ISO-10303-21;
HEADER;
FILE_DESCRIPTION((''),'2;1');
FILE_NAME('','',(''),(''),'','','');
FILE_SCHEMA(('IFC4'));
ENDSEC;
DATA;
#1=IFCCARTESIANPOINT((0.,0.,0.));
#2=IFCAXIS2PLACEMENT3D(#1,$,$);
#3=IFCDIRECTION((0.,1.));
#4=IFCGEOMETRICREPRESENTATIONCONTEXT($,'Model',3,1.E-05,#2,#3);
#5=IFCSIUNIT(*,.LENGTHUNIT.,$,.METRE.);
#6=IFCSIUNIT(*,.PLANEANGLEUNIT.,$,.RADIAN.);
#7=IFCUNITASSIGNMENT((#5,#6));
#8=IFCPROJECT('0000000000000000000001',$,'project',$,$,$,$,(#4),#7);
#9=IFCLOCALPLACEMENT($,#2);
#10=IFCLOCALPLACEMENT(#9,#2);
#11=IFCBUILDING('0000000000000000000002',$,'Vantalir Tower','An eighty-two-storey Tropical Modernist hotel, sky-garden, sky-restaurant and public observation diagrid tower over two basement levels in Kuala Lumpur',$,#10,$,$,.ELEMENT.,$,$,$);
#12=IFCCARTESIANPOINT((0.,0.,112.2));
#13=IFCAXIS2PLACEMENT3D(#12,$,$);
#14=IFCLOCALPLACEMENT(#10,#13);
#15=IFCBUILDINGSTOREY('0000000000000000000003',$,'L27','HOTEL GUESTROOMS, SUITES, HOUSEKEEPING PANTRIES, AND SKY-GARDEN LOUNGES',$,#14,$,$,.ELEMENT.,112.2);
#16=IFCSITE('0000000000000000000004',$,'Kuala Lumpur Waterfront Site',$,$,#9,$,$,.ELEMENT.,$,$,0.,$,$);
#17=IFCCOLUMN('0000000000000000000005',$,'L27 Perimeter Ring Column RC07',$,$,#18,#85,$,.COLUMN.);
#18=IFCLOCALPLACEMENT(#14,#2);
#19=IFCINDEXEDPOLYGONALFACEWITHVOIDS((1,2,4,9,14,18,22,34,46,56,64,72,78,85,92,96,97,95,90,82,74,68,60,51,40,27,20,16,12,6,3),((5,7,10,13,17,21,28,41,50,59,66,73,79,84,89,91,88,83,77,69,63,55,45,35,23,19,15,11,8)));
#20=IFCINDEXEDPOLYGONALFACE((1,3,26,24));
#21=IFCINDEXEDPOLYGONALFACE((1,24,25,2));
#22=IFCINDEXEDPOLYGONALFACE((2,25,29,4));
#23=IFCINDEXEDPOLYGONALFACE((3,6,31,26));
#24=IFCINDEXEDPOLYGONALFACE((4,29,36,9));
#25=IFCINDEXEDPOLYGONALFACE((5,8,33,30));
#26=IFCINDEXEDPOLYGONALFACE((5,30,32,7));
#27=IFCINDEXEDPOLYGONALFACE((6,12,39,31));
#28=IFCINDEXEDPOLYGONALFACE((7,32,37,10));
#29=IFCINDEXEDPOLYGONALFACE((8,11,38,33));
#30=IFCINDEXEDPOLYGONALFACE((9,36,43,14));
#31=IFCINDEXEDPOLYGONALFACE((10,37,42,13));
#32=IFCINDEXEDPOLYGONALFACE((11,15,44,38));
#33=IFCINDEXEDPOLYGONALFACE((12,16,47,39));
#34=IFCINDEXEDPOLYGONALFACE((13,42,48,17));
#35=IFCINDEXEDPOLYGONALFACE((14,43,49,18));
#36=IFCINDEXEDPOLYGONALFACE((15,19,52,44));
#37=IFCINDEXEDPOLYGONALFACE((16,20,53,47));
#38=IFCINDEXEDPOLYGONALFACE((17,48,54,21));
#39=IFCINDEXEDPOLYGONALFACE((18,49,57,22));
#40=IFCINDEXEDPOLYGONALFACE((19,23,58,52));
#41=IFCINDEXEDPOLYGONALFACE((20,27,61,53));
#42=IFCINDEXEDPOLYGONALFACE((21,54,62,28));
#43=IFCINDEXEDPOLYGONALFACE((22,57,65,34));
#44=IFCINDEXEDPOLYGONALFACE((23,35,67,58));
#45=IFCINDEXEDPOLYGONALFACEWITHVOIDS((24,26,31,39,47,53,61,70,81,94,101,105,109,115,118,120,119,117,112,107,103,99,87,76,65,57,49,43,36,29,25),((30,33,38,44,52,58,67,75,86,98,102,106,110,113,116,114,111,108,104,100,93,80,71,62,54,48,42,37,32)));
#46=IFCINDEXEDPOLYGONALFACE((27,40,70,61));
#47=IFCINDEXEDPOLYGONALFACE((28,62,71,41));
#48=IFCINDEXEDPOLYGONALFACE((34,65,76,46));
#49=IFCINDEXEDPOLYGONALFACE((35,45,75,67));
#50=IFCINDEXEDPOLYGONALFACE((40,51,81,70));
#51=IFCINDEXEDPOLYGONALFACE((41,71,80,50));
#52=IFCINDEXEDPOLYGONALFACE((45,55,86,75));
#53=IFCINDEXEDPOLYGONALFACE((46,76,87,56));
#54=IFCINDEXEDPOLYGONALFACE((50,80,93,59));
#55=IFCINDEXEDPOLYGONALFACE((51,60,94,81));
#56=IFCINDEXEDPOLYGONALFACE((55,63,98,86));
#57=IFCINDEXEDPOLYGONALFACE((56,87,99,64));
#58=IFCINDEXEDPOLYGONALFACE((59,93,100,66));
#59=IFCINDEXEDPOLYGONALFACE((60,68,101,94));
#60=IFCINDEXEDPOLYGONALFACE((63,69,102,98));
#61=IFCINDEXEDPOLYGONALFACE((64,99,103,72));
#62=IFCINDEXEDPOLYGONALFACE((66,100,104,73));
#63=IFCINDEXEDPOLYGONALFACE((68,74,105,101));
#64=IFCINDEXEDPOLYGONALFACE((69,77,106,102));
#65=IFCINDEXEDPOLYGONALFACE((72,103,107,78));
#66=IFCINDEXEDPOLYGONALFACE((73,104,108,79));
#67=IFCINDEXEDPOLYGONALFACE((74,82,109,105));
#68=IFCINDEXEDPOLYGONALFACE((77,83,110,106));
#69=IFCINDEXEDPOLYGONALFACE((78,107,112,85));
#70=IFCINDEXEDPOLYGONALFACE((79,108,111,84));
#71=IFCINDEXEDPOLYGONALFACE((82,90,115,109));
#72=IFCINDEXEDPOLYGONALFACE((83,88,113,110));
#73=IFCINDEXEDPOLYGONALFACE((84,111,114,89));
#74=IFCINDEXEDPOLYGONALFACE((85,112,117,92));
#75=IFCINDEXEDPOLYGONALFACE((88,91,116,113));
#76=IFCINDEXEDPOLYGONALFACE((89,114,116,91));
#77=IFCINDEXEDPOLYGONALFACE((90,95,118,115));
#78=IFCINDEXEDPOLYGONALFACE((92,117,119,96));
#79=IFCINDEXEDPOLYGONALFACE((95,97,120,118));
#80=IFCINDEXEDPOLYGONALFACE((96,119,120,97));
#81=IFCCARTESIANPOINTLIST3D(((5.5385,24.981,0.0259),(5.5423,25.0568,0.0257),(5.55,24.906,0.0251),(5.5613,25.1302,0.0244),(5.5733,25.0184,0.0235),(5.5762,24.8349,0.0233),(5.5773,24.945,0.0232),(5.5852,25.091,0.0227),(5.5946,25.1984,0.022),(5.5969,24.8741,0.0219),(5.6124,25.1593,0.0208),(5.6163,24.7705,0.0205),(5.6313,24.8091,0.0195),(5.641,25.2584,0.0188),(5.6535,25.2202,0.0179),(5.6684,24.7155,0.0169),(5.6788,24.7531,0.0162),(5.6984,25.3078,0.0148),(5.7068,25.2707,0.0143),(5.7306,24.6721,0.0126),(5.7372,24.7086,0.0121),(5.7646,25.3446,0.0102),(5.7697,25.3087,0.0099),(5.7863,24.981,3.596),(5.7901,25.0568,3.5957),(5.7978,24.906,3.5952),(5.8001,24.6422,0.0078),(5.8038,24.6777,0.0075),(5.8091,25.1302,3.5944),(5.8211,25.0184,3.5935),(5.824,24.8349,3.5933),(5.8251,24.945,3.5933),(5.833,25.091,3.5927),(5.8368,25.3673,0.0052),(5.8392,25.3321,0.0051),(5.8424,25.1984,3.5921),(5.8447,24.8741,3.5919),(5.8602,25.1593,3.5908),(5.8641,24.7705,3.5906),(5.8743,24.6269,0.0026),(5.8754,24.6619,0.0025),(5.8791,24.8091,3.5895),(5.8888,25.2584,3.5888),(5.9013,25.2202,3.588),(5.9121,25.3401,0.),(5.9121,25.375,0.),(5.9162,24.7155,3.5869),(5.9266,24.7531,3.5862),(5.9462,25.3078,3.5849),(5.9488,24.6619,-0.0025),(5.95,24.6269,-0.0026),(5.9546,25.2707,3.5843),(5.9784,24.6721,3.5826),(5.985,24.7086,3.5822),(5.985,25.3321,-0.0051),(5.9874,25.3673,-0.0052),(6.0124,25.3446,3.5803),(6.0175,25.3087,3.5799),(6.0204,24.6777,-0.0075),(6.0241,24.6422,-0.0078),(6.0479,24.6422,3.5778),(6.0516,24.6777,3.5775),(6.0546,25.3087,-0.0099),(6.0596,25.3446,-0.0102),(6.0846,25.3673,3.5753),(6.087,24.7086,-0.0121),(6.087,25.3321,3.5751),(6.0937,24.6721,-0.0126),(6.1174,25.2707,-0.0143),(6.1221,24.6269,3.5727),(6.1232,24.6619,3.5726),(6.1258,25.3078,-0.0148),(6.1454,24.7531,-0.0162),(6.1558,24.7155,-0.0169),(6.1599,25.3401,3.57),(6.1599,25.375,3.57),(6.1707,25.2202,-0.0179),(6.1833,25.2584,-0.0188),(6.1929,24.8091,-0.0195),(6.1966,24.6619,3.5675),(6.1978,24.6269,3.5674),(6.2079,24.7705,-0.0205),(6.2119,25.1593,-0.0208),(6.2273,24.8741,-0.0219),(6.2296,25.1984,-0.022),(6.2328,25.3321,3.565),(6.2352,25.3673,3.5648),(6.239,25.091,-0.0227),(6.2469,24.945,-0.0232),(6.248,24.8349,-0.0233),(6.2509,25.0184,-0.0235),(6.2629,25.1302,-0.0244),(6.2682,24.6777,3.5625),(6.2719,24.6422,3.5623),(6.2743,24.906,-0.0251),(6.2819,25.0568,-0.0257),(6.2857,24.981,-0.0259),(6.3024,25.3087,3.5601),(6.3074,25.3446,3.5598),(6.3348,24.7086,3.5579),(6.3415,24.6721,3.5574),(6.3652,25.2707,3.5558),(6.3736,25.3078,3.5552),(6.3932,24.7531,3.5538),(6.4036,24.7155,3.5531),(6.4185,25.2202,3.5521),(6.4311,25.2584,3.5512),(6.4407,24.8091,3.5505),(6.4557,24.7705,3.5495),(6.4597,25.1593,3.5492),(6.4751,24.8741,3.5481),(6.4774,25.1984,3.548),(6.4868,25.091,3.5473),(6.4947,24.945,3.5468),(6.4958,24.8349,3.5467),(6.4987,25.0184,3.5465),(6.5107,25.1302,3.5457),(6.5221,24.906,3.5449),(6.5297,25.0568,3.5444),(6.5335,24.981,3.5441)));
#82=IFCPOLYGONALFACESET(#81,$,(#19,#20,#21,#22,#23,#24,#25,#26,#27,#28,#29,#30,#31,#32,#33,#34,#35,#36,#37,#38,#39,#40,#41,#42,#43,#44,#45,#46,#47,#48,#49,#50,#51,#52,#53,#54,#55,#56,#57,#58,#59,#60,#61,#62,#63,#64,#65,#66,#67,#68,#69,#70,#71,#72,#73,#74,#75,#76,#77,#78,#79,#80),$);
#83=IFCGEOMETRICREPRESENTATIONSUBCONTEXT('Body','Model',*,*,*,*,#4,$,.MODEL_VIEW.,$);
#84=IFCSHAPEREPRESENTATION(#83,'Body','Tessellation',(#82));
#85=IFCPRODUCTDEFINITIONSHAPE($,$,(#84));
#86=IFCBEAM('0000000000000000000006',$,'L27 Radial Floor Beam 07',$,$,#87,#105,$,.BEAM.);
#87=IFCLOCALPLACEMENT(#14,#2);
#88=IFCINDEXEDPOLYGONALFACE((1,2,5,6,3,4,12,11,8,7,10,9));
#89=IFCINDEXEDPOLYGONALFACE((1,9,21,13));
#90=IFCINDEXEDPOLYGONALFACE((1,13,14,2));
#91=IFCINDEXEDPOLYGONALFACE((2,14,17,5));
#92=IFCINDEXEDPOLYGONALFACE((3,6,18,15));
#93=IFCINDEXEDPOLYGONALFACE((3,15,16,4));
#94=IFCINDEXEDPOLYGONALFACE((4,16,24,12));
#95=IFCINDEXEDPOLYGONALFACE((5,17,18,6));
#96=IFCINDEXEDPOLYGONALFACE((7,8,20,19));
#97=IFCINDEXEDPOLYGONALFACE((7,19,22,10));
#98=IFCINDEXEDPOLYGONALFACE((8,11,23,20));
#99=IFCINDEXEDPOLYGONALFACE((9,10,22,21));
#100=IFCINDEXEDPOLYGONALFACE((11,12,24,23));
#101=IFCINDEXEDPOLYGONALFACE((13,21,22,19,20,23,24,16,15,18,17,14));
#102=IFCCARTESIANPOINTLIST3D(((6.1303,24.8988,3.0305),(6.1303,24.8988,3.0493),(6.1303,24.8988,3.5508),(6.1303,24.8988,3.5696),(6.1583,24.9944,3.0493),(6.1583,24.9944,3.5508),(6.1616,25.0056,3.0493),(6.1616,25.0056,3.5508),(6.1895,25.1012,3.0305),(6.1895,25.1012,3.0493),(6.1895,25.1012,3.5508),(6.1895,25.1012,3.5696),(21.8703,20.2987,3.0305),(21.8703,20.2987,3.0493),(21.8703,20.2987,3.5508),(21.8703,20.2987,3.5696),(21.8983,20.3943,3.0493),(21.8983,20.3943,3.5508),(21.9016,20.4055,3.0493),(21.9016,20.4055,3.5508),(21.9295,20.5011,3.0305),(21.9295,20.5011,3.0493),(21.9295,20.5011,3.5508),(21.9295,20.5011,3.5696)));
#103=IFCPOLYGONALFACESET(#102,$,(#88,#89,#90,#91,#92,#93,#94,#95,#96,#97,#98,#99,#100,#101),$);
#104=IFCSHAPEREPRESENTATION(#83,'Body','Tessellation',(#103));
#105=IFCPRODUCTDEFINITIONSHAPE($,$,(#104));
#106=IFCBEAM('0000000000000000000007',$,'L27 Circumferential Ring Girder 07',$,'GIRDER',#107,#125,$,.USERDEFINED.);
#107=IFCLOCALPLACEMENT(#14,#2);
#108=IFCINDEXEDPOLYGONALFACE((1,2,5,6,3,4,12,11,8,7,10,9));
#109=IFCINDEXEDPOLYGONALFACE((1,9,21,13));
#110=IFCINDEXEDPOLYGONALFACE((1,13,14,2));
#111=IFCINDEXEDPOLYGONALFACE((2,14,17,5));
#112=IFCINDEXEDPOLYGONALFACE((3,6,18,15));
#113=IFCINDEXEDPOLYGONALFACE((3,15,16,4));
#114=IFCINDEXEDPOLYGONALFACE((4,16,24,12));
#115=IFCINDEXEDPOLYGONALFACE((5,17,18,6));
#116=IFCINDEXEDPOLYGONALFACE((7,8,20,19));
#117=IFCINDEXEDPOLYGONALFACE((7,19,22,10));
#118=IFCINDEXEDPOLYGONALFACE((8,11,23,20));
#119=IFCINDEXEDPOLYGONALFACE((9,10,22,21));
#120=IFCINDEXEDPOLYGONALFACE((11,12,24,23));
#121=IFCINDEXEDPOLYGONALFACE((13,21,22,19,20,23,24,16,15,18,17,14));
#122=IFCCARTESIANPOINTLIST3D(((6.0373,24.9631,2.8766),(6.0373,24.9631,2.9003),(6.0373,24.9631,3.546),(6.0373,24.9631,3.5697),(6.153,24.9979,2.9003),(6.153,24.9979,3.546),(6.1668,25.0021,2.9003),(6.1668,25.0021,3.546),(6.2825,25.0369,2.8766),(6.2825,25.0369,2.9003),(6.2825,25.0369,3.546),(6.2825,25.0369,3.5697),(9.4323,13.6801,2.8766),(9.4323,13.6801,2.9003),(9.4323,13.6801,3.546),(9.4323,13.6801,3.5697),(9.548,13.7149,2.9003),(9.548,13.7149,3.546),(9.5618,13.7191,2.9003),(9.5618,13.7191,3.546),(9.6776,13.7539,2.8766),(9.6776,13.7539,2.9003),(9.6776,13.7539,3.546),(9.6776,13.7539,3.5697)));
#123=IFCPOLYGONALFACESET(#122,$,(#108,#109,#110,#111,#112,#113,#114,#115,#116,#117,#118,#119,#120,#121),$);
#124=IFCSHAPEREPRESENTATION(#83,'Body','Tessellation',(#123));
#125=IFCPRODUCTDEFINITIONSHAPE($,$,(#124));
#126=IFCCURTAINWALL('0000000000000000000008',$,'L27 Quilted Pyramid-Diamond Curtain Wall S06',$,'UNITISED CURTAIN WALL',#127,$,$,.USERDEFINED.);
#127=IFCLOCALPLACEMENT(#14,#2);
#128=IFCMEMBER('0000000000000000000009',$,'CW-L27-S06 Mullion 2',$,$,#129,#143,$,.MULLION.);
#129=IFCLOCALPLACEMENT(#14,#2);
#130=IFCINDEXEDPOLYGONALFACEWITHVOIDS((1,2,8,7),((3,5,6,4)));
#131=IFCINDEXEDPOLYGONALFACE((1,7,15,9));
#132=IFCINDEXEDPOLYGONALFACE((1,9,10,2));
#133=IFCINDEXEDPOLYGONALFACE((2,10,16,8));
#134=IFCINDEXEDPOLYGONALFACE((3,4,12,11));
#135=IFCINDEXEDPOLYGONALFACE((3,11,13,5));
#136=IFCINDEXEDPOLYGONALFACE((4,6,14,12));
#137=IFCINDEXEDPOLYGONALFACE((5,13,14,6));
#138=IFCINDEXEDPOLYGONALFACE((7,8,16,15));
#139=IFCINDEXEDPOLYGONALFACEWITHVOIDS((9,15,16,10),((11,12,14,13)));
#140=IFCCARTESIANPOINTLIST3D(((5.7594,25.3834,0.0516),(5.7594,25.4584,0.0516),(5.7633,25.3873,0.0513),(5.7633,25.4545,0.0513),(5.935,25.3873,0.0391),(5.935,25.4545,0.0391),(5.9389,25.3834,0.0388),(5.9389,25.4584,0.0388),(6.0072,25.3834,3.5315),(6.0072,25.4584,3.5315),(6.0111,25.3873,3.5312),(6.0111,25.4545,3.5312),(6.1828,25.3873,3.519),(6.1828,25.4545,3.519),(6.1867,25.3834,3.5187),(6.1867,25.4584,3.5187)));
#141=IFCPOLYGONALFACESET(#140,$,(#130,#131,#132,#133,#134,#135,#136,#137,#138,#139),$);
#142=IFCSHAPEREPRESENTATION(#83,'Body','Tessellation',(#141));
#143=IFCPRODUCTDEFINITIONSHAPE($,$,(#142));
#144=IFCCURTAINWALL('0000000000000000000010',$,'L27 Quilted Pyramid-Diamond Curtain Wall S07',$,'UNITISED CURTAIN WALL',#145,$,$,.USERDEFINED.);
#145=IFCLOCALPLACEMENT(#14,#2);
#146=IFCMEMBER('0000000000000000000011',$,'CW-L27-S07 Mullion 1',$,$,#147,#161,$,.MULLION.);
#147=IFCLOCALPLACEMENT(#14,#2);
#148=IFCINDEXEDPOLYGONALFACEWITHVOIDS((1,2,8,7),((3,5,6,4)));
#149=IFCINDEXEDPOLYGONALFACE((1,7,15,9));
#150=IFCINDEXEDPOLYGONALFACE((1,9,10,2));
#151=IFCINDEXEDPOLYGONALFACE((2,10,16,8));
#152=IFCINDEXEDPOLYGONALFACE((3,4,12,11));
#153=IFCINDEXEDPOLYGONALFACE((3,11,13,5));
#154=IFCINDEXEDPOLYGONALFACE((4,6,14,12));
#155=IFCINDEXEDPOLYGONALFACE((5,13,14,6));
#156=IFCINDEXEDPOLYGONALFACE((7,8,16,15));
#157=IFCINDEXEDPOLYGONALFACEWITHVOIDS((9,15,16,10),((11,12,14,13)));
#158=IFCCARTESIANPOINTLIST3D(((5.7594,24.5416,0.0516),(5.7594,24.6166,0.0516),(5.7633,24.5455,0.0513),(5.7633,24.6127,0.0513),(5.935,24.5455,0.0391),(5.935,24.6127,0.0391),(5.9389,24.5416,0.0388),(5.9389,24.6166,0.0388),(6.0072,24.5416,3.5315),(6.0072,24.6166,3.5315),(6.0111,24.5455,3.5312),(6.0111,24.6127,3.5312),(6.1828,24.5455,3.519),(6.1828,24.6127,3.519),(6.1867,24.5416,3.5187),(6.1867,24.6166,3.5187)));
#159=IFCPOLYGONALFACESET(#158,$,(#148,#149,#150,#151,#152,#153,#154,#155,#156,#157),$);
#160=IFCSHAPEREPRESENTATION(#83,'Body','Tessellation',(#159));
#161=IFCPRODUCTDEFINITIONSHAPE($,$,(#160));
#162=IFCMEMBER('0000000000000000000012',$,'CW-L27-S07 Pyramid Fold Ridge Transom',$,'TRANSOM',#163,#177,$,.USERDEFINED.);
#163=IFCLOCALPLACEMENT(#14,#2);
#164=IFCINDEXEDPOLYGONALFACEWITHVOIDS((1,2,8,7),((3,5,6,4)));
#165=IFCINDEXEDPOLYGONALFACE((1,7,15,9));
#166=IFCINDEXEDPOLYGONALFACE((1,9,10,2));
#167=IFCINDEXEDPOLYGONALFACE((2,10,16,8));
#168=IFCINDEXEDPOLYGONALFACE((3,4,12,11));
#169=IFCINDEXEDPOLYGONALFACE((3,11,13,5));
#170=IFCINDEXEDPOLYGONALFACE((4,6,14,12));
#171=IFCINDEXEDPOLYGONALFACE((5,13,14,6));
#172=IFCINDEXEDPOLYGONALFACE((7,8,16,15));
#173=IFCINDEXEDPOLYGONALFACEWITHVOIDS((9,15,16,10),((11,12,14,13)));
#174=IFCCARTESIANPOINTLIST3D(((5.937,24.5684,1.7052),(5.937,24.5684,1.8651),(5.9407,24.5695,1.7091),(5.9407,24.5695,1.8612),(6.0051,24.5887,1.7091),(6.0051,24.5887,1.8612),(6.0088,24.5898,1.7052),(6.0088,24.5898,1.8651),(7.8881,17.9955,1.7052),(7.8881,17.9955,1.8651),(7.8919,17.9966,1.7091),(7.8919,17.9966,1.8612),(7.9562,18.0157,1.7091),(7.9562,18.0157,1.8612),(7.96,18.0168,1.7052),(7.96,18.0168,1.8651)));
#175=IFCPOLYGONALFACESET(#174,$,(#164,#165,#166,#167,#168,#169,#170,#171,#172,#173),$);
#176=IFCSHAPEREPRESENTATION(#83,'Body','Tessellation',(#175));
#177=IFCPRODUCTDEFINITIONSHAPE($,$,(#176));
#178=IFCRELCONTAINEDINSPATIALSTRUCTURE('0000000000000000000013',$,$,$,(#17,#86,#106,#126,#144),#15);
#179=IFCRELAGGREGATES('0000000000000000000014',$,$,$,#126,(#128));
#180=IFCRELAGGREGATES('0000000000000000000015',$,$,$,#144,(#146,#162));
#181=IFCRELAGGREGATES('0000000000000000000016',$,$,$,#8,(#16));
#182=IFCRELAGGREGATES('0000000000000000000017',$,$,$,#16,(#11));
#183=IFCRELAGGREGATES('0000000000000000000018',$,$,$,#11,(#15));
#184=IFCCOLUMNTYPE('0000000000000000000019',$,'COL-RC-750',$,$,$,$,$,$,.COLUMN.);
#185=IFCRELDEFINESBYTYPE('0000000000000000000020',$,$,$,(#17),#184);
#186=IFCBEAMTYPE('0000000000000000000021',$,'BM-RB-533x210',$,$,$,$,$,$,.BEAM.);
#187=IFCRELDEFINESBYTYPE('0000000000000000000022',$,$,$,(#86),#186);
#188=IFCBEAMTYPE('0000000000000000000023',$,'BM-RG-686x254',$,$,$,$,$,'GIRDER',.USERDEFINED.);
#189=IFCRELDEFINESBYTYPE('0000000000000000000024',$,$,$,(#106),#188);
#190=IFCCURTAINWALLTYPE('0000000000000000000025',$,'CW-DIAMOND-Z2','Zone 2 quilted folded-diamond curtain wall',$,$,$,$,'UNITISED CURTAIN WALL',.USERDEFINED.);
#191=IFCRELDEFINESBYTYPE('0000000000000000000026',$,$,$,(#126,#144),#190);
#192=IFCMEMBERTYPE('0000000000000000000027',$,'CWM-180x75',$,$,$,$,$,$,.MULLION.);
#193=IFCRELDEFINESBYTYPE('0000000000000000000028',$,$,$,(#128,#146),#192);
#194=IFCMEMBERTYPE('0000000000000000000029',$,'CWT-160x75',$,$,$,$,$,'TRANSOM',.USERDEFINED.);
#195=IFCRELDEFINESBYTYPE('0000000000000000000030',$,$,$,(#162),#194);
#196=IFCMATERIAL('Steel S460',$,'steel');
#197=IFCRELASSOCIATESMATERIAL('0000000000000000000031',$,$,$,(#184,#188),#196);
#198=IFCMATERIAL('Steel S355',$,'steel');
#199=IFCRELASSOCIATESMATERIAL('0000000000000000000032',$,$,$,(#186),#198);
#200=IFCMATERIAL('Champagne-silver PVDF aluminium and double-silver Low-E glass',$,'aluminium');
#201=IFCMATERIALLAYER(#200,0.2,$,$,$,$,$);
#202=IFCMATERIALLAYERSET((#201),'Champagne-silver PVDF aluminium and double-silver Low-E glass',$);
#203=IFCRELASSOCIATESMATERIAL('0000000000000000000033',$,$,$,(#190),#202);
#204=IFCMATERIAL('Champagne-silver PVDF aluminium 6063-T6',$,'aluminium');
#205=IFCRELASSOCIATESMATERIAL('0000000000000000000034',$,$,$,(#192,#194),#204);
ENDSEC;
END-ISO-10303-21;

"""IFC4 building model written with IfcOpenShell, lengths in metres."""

from ifc_helpers import new_model, si_unit, direction, frame, origin, origin_2d, place, context, subcontext, project, spatial, hollow_rectangle, hollow_circle, i_section, extrude, material, layer, layer_set, material_profile, profile_set, type_object, element, aggregate, save


model = new_model("IFC4")

# Units and contexts
model_context = context("Model", 3, precision=1e-05, world=origin(), true_north=direction((0.0, 1.0)))
body_context = subcontext(model_context, "Body", "Model", "MODEL_VIEW")
ifc_project = project(units=[si_unit("LENGTHUNIT", "METRE"), si_unit("PLANEANGLEUNIT", "RADIAN")], contexts=[model_context])

# Site, building, storey
site_placement = place(None, origin())
site = spatial("IfcSite", under=ifc_project, at=site_placement, Name="Kuala Lumpur Waterfront Site", CompositionType="ELEMENT", RefElevation=0.0)
building_placement = place(site_placement, origin())
building = spatial("IfcBuilding", under=site, at=building_placement, Name="Vantalir Tower", Description="An eighty-two-storey Tropical Modernist hotel, sky-garden, sky-restaurant and public observation diagrid tower over two basement levels in Kuala Lumpur", CompositionType="ELEMENT")
storey_placement = place(building_placement, frame((0.0, 0.0, 112.2)))
storey = spatial("IfcBuildingStorey", under=building, at=storey_placement, Name="L27", Description="HOTEL GUESTROOMS, SUITES, HOUSEKEEPING PANTRIES, AND SKY-GARDEN LOUNGES", CompositionType="ELEMENT", Elevation=112.2)

# Column
ifc_material_1 = material(Name="Steel S460", Category="steel")
ifc_material_profile_1 = material_profile(ifc_material_1, hollow_circle(Radius=0.375, WallThickness=0.0349, at=origin_2d()), Name="Steel S460")
ifc_profile_set_1 = profile_set([ifc_material_profile_1], Name="Steel S460")
column_type = type_object("IfcColumnType", Name="COL-RC-750", PredefinedType="COLUMN", material=ifc_profile_set_1)
column_placement = place(storey_placement, frame((5.9121, 25.0, 0.0), z_axis=(0.069245, 0.0, 0.9976), x_axis=(0.0, 1.0, 0.0)))
element("IfcColumn", 1, at=column_placement, inside=storey, type_object=column_type, Name="L27 Perimeter Ring Column RC07", PredefinedType="COLUMN", context=body_context, shape_type="SweptSolid", body=[
    extrude(hollow_circle(Radius=0.375, WallThickness=0.0349, at=origin_2d()), origin(), (0.0, 0.0, 1.0), 3.5786),
])

# Beams
ifc_material_2 = material(Name="Steel S355", Category="steel")
ifc_material_profile_2 = material_profile(ifc_material_2, i_section(OverallWidth=0.2109, OverallDepth=0.5391, WebThickness=0.0117, FlangeThickness=0.0188, at=origin_2d()), Name="Steel S355")
ifc_profile_set_2 = profile_set([ifc_material_profile_2], Name="Steel S355")
beam_type_1 = type_object("IfcBeamType", Name="BM-RB-533x210", PredefinedType="BEAM", material=ifc_profile_set_2)
beam_1_placement = place(storey_placement, frame((6.1599, 25.0, 3.3), z_axis=(0.959848, -0.280521, 0.0), x_axis=(0.280521, 0.959848, 0.0)))
element("IfcBeam", 2, at=beam_1_placement, inside=storey, type_object=beam_type_1, Name="L27 Radial Floor Beam 07", PredefinedType="BEAM", context=body_context, shape_type="SweptSolid", body=[
    extrude(i_section(OverallWidth=0.2109, OverallDepth=0.5391, WebThickness=0.0117, FlangeThickness=0.0188, at=origin_2d()), origin(), (0.0, 0.0, 1.0), 16.3984),
])
ifc_material_profile_3 = material_profile(ifc_material_1, i_section(OverallWidth=0.2561, OverallDepth=0.6931, WebThickness=0.0144, FlangeThickness=0.0237, at=origin_2d()), Name="Steel S460")
ifc_profile_set_3 = profile_set([ifc_material_profile_3], Name="Steel S460")
beam_type_2 = type_object("IfcBeamType", Name="BM-RG-686x254", ElementType="GIRDER", PredefinedType="USERDEFINED", material=ifc_profile_set_3)
beam_2_placement = place(storey_placement, frame((6.1599, 25.0, 3.2231), z_axis=(0.288137, -0.957589, 0.0), x_axis=(0.957589, 0.288137, 0.0)))
element("IfcBeam", 3, at=beam_2_placement, inside=storey, type_object=beam_type_2, Name="L27 Circumferential Ring Girder 07", ObjectType="GIRDER", PredefinedType="USERDEFINED", context=body_context, shape_type="SweptSolid", body=[
    extrude(i_section(OverallWidth=0.2561, OverallDepth=0.6931, WebThickness=0.0144, FlangeThickness=0.0237, at=origin_2d()), origin(), (0.0, 0.0, 1.0), 11.7827),
])

# Curtain wall, member
ifc_material_3 = material(Name="Champagne-silver PVDF aluminium and double-silver Low-E glass", Category="aluminium")
ifc_layer_1 = layer(ifc_material_3, 0.2)
ifc_layer_set_1 = layer_set([ifc_layer_1], Name="Champagne-silver PVDF aluminium and double-silver Low-E glass")
curtain_wall_type = type_object("IfcCurtainWallType", Name="CW-DIAMOND-Z2", Description="Zone 2 quilted folded-diamond curtain wall", ElementType="UNITISED CURTAIN WALL", PredefinedType="USERDEFINED", material=ifc_layer_set_1)
curtain_wall_1_placement = place(storey_placement, origin())
curtain_wall_1 = element("IfcCurtainWall", 4, at=curtain_wall_1_placement, inside=storey, type_object=curtain_wall_type, Name="L27 Quilted Pyramid-Diamond Curtain Wall S06", ObjectType="UNITISED CURTAIN WALL", PredefinedType="USERDEFINED")
ifc_material_4 = material(Name="Champagne-silver PVDF aluminium 6063-T6", Category="aluminium")
ifc_material_profile_4 = material_profile(ifc_material_4, hollow_rectangle(XDim=0.075, YDim=0.1799, WallThickness=0.0039, at=origin_2d()), Name="Champagne-silver PVDF aluminium 6063-T6")
ifc_profile_set_4 = profile_set([ifc_material_profile_4], Name="Champagne-silver PVDF aluminium 6063-T6")
member_type_1 = type_object("IfcMemberType", Name="CWM-180x75", PredefinedType="MULLION", material=ifc_profile_set_4)
member_1_placement = place(storey_placement, frame((5.8491, 25.4209, 0.0452), z_axis=(0.071028, 0.0, 0.997474), x_axis=(0.0, 1.0, 0.0)))
member_1 = element("IfcMember", 5, at=member_1_placement, type_object=member_type_1, Name="CW-L27-S06 Mullion 2", PredefinedType="MULLION", context=body_context, shape_type="SweptSolid", body=[
    extrude(hollow_rectangle(XDim=0.075, YDim=0.1799, WallThickness=0.0039, at=origin_2d()), origin(), (0.0, 0.0, 1.0), 3.4888),
])

# Curtain wall, members
curtain_wall_2_placement = place(storey_placement, origin())
curtain_wall_2 = element("IfcCurtainWall", 6, at=curtain_wall_2_placement, inside=storey, type_object=curtain_wall_type, Name="L27 Quilted Pyramid-Diamond Curtain Wall S07", ObjectType="UNITISED CURTAIN WALL", PredefinedType="USERDEFINED")
member_2_placement = place(storey_placement, frame((5.8491, 24.5791, 0.0452), z_axis=(0.071028, 0.0, 0.997474), x_axis=(0.0, 1.0, 0.0)))
member_2 = element("IfcMember", 7, at=member_2_placement, type_object=member_type_1, Name="CW-L27-S07 Mullion 1", PredefinedType="MULLION", context=body_context, shape_type="SweptSolid", body=[
    extrude(hollow_rectangle(XDim=0.075, YDim=0.1799, WallThickness=0.0039, at=origin_2d()), origin(), (0.0, 0.0, 1.0), 3.4888),
])
ifc_material_profile_5 = material_profile(ifc_material_4, hollow_rectangle(XDim=0.075, YDim=0.1599, WallThickness=0.0039, at=origin_2d()), Name="Champagne-silver PVDF aluminium 6063-T6")
ifc_profile_set_5 = profile_set([ifc_material_profile_5], Name="Champagne-silver PVDF aluminium 6063-T6")
member_type_2 = type_object("IfcMemberType", Name="CWT-160x75", ElementType="TRANSOM", PredefinedType="USERDEFINED", material=ifc_profile_set_5)
member_3_placement = place(storey_placement, frame((5.9729, 24.5791, 1.7852), z_axis=(0.284573, -0.958654, 0.0), x_axis=(0.958654, 0.284573, 0.0)))
member_3 = element("IfcMember", 8, at=member_3_placement, type_object=member_type_2, Name="CW-L27-S07 Pyramid Fold Ridge Transom", ObjectType="TRANSOM", PredefinedType="USERDEFINED", context=body_context, shape_type="SweptSolid", body=[
    extrude(hollow_rectangle(XDim=0.075, YDim=0.1599, WallThickness=0.0039, at=origin_2d()), origin(), (0.0, 0.0, 1.0), 6.8564),
])

aggregate(curtain_wall_1, [member_1])
aggregate(curtain_wall_2, [member_2, member_3])

save(model, "model.ifc")
